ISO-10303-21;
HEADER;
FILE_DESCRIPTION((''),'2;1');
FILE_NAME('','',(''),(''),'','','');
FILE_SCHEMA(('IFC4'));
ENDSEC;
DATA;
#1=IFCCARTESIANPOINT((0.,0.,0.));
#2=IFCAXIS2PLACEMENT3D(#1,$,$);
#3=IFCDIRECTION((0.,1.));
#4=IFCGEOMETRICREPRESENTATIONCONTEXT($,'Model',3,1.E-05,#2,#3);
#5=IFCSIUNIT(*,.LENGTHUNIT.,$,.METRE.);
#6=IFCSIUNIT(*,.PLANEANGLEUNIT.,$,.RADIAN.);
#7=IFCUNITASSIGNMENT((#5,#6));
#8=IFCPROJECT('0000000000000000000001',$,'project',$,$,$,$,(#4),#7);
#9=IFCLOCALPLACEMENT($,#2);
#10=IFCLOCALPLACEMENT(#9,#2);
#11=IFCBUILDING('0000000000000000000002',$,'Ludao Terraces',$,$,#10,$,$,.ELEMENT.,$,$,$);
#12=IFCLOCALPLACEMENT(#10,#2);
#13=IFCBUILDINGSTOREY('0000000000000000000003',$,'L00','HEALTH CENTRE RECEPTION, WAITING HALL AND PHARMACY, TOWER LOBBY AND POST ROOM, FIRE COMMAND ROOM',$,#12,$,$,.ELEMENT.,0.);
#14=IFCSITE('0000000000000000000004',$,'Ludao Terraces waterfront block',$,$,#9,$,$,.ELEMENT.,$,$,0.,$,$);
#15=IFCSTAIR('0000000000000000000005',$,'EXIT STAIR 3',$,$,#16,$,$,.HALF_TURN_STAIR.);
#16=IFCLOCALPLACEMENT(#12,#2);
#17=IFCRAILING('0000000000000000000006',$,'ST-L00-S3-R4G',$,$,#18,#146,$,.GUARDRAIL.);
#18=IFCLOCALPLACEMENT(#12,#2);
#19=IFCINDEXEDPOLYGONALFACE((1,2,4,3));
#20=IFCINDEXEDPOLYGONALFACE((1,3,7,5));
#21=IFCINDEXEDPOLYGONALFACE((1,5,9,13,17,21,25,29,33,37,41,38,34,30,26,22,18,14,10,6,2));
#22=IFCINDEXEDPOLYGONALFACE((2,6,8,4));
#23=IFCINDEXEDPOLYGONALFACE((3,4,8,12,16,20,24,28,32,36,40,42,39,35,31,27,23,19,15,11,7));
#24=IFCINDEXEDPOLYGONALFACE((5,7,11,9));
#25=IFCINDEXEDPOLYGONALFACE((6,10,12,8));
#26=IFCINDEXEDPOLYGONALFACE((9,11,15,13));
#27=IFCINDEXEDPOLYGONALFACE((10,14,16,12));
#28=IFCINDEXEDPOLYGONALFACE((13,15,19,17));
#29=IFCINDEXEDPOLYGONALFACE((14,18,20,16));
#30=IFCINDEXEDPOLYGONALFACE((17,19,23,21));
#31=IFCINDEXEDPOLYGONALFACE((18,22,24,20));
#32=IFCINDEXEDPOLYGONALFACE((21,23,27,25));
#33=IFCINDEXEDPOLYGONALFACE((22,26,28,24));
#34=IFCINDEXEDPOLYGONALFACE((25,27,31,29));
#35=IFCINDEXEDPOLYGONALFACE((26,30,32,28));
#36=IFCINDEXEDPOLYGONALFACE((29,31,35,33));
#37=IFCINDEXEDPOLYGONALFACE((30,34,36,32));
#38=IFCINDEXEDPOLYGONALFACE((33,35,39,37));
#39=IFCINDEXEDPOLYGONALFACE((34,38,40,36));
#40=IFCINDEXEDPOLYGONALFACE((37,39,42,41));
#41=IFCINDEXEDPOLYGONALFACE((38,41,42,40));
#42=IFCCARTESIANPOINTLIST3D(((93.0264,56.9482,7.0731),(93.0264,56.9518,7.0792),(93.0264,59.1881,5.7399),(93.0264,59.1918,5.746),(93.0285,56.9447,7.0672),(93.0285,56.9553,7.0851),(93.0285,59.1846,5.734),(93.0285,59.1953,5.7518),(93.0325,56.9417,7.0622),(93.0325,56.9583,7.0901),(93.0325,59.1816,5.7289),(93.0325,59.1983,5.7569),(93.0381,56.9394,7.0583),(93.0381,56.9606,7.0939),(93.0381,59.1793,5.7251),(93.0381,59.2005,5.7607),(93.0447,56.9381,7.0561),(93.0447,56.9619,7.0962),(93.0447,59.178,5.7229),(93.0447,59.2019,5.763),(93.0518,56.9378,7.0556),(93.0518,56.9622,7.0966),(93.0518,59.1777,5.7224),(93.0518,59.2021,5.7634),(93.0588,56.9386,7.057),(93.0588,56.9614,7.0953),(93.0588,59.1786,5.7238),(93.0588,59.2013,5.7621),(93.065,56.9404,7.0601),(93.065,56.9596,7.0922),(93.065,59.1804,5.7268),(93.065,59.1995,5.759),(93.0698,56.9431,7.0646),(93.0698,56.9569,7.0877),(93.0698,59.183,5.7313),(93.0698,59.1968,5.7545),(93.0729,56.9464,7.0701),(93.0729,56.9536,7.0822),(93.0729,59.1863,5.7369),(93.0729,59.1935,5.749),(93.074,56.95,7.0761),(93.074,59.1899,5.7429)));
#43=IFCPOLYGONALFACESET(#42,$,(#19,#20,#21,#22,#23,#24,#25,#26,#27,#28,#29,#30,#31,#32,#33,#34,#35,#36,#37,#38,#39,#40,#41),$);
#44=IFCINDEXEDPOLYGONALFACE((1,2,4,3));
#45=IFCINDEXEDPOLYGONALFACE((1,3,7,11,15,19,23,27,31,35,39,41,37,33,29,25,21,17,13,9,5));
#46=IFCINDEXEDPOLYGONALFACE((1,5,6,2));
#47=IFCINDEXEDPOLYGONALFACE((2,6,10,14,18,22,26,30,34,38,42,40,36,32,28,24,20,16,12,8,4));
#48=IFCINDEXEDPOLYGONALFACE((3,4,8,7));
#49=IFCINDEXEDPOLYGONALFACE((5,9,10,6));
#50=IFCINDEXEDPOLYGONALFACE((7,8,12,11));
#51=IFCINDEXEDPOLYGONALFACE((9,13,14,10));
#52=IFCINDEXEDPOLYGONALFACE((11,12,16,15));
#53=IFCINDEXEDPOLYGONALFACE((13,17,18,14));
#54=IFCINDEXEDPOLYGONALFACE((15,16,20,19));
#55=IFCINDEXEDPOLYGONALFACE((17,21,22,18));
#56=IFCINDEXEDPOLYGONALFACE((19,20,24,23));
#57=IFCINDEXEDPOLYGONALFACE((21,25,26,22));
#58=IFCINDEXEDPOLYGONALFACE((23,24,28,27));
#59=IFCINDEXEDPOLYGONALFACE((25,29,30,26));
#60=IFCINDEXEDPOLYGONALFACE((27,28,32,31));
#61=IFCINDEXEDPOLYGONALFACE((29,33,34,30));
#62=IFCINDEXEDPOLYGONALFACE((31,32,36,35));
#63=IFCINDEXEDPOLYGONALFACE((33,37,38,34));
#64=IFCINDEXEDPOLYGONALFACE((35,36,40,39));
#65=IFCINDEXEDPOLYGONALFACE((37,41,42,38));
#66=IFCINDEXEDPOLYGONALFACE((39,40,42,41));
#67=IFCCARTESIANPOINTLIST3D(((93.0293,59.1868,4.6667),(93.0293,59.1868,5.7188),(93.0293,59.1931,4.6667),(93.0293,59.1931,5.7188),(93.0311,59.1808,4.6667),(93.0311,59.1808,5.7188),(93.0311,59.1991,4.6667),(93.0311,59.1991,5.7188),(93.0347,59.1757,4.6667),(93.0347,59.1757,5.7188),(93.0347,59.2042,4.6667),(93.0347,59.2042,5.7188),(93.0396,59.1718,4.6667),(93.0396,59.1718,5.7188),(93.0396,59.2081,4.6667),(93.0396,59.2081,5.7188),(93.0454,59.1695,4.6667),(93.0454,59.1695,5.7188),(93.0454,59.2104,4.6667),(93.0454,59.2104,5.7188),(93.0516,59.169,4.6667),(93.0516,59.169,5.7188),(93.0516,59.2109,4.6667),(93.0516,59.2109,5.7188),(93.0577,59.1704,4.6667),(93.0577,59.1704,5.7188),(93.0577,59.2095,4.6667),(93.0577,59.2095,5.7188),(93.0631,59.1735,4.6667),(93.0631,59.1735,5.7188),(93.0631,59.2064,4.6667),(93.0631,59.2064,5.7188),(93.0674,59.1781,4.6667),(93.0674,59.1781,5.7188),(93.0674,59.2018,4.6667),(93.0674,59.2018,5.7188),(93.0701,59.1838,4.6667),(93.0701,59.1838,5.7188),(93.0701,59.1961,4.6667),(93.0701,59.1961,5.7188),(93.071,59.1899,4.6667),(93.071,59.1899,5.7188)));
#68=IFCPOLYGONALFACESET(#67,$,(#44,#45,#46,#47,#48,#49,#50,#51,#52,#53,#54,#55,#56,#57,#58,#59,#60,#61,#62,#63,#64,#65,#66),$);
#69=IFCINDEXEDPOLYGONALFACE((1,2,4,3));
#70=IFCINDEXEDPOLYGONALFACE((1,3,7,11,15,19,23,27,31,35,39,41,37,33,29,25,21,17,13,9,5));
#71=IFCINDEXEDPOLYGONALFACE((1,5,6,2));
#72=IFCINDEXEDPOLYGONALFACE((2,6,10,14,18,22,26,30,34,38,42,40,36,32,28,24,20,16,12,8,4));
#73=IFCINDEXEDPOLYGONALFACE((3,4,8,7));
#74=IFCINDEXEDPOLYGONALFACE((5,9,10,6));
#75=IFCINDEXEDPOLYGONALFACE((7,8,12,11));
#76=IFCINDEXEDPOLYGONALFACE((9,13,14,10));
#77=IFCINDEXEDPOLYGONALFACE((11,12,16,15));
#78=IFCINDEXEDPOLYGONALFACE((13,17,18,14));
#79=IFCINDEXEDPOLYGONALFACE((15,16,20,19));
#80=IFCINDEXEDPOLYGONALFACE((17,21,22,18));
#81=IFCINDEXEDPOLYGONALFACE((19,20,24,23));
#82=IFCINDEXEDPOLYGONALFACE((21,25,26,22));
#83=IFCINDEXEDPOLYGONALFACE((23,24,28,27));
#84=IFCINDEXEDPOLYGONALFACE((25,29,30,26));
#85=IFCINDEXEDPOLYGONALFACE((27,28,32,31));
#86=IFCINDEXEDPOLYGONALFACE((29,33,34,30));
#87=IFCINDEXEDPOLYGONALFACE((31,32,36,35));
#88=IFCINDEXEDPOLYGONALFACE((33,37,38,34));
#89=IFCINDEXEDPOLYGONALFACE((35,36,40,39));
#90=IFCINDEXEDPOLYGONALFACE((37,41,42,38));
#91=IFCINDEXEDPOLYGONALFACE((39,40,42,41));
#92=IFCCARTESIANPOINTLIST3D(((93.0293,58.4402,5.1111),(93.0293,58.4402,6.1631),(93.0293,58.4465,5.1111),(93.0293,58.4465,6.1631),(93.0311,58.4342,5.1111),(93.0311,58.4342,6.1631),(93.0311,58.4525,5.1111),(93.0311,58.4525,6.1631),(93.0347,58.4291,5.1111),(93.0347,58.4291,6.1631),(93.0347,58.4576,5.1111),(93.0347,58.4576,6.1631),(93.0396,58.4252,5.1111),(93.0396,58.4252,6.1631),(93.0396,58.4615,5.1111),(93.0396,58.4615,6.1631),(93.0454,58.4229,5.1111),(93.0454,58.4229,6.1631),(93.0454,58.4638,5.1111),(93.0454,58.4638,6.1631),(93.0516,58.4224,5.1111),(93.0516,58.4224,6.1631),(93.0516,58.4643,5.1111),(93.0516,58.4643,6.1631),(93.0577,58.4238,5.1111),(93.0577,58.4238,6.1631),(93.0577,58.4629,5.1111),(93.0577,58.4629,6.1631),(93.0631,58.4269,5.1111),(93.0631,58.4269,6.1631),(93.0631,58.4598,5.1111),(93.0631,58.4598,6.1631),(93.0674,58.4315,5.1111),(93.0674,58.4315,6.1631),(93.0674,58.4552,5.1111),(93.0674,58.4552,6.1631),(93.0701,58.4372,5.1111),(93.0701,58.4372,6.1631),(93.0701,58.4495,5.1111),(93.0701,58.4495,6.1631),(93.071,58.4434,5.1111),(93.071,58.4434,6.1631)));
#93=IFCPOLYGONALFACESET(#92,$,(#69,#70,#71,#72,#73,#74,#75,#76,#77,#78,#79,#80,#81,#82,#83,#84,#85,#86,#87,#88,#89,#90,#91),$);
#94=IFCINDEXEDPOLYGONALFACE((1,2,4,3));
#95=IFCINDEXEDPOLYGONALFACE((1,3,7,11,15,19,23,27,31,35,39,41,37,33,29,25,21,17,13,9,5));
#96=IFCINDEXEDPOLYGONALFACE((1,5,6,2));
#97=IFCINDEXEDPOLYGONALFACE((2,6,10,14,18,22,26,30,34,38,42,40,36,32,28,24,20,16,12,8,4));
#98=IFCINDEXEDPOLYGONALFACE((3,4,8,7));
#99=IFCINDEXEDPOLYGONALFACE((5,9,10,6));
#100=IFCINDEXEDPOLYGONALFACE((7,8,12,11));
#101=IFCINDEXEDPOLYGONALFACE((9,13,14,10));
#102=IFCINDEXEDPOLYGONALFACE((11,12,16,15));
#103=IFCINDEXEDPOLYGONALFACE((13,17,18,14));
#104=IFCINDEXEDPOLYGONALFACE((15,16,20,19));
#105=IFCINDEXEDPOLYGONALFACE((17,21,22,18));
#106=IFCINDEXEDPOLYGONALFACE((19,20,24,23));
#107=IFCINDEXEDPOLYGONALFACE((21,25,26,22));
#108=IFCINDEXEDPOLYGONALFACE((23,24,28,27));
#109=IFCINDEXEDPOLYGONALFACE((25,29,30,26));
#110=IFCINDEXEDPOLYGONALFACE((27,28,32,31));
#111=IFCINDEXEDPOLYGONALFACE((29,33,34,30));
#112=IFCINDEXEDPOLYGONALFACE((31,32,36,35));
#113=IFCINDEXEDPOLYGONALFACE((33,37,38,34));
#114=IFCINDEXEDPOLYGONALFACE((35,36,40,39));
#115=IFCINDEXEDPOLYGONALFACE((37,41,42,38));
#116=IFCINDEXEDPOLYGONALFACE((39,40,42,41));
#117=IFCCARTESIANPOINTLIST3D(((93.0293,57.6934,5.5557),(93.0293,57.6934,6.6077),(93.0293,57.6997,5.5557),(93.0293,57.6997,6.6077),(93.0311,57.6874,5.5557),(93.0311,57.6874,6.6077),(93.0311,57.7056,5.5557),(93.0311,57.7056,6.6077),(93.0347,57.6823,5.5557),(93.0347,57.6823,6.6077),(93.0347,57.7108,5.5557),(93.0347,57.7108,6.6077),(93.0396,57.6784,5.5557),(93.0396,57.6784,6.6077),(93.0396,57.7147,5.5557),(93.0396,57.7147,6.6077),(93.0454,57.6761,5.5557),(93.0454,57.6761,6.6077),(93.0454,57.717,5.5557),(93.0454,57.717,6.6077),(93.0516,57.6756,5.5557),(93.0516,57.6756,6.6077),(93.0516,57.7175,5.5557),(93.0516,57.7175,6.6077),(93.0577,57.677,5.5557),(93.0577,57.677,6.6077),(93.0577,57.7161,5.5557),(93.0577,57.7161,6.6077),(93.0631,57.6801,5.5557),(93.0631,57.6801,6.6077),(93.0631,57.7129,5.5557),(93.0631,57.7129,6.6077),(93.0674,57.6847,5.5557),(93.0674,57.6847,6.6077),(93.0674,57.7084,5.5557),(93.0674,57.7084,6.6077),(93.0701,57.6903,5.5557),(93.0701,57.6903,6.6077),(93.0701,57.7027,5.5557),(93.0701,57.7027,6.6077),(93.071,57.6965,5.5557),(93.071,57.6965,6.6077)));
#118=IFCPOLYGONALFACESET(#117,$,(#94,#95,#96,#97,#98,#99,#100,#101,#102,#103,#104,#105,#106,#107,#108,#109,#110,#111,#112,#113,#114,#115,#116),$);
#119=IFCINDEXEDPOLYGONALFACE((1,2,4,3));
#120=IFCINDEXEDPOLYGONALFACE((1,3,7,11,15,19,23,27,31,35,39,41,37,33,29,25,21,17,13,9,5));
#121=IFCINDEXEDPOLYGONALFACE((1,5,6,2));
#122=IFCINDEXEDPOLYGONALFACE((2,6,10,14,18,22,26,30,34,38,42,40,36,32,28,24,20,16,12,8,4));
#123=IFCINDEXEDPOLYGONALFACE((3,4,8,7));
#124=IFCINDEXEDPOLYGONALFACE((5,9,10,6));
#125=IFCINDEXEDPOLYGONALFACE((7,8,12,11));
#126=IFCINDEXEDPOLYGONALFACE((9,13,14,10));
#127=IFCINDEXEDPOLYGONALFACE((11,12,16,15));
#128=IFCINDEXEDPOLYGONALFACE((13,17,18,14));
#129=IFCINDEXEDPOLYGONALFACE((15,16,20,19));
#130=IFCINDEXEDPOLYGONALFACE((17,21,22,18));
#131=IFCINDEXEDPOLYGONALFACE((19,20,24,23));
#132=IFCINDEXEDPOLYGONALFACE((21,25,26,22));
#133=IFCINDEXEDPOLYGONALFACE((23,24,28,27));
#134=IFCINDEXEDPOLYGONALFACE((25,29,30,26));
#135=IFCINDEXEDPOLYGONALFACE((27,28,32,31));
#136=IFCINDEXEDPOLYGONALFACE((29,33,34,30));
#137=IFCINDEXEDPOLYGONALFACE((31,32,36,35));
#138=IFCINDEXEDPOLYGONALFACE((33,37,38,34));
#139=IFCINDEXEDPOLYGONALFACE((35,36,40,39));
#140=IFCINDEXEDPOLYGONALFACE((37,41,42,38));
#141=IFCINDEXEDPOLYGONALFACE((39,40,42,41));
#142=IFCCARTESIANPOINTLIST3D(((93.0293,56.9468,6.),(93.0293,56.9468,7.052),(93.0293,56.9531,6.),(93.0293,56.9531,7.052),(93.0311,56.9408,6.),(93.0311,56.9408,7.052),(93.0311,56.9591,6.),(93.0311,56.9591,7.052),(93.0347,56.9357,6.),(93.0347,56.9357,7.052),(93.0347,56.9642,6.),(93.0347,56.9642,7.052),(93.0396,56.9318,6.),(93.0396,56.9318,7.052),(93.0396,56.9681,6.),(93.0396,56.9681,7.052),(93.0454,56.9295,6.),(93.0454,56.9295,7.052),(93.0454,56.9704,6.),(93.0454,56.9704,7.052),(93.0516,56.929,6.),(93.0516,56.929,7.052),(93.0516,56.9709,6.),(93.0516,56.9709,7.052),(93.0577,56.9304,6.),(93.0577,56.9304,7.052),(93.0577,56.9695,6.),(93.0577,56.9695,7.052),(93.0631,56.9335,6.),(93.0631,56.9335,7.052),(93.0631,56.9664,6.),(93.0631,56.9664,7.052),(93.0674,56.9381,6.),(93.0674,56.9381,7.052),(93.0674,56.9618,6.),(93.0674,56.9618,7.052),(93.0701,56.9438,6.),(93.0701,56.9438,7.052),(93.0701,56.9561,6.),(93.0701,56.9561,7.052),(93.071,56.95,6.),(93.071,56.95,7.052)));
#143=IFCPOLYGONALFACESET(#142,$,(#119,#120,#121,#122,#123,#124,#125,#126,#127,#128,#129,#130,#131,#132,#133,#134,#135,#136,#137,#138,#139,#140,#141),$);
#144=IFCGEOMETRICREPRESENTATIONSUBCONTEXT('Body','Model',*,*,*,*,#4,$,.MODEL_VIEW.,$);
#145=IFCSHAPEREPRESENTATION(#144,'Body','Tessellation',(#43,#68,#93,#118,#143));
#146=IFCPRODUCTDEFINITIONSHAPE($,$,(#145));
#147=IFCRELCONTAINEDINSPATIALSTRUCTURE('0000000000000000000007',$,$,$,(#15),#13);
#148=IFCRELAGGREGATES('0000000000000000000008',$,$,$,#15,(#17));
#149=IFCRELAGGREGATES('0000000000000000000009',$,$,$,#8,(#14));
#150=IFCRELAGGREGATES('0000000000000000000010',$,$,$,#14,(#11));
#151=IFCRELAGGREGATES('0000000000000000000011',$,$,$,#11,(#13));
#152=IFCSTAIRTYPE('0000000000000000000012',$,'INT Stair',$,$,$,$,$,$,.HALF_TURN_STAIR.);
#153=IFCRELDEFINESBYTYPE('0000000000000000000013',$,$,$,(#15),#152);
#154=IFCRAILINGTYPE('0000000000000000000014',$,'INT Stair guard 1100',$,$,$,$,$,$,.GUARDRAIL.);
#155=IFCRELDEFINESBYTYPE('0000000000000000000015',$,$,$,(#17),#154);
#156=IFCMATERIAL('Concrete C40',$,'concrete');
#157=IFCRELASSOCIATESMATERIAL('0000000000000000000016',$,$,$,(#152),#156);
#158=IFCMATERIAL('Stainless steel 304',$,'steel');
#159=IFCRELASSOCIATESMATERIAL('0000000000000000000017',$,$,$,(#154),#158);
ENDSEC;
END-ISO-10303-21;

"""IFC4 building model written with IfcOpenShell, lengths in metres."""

from ifc_helpers import new_model, si_unit, direction, frame, origin, origin_2d, place, context, subcontext, project, spatial, circle, extrude, material, type_object, element, aggregate, save


model = new_model("IFC4")

# Units and contexts
model_context = context("Model", 3, precision=1e-05, world=origin(), true_north=direction((0.0, 1.0)))
body_context = subcontext(model_context, "Body", "Model", "MODEL_VIEW")
ifc_project = project(units=[si_unit("LENGTHUNIT", "METRE"), si_unit("PLANEANGLEUNIT", "RADIAN")], contexts=[model_context])

# Site, building, storey
site_placement = place(None, origin())
site = spatial("IfcSite", under=ifc_project, at=site_placement, Name="Ludao Terraces waterfront block", CompositionType="ELEMENT", RefElevation=0.0)
building_placement = place(site_placement, origin())
building = spatial("IfcBuilding", under=site, at=building_placement, Name="Ludao Terraces", CompositionType="ELEMENT")
storey_placement = place(building_placement, origin())
storey = spatial("IfcBuildingStorey", under=building, at=storey_placement, Name="L00", Description="HEALTH CENTRE RECEPTION, WAITING HALL AND PHARMACY, TOWER LOBBY AND POST ROOM, FIRE COMMAND ROOM", CompositionType="ELEMENT", Elevation=0.0)

# Stair, railing
ifc_material_1 = material(Name="Concrete C40", Category="concrete")
stair_type = type_object("IfcStairType", Name="INT Stair", PredefinedType="HALF_TURN_STAIR", material=ifc_material_1)
stair_placement = place(storey_placement, origin())
stair = element("IfcStair", 1, at=stair_placement, inside=storey, type_object=stair_type, Name="EXIT STAIR 3", PredefinedType="HALF_TURN_STAIR")
ifc_material_2 = material(Name="Stainless steel 304", Category="steel")
railing_type_1 = type_object("IfcRailingType", Name="INT Stair guard 1100", PredefinedType="GUARDRAIL", material=ifc_material_2)
railing_1_placement = place(storey_placement, frame((93.05, 59.1899, 4.6667)))
railing_1 = element("IfcRailing", 2, at=railing_1_placement, type_object=railing_type_1, Name="ST-L00-S3-R4G", PredefinedType="GUARDRAIL", context=body_context, shape_type="SweptSolid", body=[
    extrude(circle(Radius=0.0239, at=origin_2d()), frame((0.0, 0.0, 1.0762), z_axis=(0.0, -0.859306, 0.511462), x_axis=(1.0, 0.0, 0.0)), (0.0, 0.0, 1.0), 2.6067),
    extrude(circle(Radius=0.021, at=origin_2d()), origin(), (0.0, 0.0, 1.0), 1.052),
    extrude(circle(Radius=0.021, at=origin_2d()), frame((0.0, -0.7466, 0.4443)), (0.0, 0.0, 1.0), 1.052),
    extrude(circle(Radius=0.021, at=origin_2d()), frame((0.0, -1.4934, 0.8889)), (0.0, 0.0, 1.0), 1.052),
    extrude(circle(Radius=0.021, at=origin_2d()), frame((0.0, -2.24, 1.3333)), (0.0, 0.0, 1.0), 1.052),
])
aggregate(stair, [railing_1])

save(model, "model.ifc")
